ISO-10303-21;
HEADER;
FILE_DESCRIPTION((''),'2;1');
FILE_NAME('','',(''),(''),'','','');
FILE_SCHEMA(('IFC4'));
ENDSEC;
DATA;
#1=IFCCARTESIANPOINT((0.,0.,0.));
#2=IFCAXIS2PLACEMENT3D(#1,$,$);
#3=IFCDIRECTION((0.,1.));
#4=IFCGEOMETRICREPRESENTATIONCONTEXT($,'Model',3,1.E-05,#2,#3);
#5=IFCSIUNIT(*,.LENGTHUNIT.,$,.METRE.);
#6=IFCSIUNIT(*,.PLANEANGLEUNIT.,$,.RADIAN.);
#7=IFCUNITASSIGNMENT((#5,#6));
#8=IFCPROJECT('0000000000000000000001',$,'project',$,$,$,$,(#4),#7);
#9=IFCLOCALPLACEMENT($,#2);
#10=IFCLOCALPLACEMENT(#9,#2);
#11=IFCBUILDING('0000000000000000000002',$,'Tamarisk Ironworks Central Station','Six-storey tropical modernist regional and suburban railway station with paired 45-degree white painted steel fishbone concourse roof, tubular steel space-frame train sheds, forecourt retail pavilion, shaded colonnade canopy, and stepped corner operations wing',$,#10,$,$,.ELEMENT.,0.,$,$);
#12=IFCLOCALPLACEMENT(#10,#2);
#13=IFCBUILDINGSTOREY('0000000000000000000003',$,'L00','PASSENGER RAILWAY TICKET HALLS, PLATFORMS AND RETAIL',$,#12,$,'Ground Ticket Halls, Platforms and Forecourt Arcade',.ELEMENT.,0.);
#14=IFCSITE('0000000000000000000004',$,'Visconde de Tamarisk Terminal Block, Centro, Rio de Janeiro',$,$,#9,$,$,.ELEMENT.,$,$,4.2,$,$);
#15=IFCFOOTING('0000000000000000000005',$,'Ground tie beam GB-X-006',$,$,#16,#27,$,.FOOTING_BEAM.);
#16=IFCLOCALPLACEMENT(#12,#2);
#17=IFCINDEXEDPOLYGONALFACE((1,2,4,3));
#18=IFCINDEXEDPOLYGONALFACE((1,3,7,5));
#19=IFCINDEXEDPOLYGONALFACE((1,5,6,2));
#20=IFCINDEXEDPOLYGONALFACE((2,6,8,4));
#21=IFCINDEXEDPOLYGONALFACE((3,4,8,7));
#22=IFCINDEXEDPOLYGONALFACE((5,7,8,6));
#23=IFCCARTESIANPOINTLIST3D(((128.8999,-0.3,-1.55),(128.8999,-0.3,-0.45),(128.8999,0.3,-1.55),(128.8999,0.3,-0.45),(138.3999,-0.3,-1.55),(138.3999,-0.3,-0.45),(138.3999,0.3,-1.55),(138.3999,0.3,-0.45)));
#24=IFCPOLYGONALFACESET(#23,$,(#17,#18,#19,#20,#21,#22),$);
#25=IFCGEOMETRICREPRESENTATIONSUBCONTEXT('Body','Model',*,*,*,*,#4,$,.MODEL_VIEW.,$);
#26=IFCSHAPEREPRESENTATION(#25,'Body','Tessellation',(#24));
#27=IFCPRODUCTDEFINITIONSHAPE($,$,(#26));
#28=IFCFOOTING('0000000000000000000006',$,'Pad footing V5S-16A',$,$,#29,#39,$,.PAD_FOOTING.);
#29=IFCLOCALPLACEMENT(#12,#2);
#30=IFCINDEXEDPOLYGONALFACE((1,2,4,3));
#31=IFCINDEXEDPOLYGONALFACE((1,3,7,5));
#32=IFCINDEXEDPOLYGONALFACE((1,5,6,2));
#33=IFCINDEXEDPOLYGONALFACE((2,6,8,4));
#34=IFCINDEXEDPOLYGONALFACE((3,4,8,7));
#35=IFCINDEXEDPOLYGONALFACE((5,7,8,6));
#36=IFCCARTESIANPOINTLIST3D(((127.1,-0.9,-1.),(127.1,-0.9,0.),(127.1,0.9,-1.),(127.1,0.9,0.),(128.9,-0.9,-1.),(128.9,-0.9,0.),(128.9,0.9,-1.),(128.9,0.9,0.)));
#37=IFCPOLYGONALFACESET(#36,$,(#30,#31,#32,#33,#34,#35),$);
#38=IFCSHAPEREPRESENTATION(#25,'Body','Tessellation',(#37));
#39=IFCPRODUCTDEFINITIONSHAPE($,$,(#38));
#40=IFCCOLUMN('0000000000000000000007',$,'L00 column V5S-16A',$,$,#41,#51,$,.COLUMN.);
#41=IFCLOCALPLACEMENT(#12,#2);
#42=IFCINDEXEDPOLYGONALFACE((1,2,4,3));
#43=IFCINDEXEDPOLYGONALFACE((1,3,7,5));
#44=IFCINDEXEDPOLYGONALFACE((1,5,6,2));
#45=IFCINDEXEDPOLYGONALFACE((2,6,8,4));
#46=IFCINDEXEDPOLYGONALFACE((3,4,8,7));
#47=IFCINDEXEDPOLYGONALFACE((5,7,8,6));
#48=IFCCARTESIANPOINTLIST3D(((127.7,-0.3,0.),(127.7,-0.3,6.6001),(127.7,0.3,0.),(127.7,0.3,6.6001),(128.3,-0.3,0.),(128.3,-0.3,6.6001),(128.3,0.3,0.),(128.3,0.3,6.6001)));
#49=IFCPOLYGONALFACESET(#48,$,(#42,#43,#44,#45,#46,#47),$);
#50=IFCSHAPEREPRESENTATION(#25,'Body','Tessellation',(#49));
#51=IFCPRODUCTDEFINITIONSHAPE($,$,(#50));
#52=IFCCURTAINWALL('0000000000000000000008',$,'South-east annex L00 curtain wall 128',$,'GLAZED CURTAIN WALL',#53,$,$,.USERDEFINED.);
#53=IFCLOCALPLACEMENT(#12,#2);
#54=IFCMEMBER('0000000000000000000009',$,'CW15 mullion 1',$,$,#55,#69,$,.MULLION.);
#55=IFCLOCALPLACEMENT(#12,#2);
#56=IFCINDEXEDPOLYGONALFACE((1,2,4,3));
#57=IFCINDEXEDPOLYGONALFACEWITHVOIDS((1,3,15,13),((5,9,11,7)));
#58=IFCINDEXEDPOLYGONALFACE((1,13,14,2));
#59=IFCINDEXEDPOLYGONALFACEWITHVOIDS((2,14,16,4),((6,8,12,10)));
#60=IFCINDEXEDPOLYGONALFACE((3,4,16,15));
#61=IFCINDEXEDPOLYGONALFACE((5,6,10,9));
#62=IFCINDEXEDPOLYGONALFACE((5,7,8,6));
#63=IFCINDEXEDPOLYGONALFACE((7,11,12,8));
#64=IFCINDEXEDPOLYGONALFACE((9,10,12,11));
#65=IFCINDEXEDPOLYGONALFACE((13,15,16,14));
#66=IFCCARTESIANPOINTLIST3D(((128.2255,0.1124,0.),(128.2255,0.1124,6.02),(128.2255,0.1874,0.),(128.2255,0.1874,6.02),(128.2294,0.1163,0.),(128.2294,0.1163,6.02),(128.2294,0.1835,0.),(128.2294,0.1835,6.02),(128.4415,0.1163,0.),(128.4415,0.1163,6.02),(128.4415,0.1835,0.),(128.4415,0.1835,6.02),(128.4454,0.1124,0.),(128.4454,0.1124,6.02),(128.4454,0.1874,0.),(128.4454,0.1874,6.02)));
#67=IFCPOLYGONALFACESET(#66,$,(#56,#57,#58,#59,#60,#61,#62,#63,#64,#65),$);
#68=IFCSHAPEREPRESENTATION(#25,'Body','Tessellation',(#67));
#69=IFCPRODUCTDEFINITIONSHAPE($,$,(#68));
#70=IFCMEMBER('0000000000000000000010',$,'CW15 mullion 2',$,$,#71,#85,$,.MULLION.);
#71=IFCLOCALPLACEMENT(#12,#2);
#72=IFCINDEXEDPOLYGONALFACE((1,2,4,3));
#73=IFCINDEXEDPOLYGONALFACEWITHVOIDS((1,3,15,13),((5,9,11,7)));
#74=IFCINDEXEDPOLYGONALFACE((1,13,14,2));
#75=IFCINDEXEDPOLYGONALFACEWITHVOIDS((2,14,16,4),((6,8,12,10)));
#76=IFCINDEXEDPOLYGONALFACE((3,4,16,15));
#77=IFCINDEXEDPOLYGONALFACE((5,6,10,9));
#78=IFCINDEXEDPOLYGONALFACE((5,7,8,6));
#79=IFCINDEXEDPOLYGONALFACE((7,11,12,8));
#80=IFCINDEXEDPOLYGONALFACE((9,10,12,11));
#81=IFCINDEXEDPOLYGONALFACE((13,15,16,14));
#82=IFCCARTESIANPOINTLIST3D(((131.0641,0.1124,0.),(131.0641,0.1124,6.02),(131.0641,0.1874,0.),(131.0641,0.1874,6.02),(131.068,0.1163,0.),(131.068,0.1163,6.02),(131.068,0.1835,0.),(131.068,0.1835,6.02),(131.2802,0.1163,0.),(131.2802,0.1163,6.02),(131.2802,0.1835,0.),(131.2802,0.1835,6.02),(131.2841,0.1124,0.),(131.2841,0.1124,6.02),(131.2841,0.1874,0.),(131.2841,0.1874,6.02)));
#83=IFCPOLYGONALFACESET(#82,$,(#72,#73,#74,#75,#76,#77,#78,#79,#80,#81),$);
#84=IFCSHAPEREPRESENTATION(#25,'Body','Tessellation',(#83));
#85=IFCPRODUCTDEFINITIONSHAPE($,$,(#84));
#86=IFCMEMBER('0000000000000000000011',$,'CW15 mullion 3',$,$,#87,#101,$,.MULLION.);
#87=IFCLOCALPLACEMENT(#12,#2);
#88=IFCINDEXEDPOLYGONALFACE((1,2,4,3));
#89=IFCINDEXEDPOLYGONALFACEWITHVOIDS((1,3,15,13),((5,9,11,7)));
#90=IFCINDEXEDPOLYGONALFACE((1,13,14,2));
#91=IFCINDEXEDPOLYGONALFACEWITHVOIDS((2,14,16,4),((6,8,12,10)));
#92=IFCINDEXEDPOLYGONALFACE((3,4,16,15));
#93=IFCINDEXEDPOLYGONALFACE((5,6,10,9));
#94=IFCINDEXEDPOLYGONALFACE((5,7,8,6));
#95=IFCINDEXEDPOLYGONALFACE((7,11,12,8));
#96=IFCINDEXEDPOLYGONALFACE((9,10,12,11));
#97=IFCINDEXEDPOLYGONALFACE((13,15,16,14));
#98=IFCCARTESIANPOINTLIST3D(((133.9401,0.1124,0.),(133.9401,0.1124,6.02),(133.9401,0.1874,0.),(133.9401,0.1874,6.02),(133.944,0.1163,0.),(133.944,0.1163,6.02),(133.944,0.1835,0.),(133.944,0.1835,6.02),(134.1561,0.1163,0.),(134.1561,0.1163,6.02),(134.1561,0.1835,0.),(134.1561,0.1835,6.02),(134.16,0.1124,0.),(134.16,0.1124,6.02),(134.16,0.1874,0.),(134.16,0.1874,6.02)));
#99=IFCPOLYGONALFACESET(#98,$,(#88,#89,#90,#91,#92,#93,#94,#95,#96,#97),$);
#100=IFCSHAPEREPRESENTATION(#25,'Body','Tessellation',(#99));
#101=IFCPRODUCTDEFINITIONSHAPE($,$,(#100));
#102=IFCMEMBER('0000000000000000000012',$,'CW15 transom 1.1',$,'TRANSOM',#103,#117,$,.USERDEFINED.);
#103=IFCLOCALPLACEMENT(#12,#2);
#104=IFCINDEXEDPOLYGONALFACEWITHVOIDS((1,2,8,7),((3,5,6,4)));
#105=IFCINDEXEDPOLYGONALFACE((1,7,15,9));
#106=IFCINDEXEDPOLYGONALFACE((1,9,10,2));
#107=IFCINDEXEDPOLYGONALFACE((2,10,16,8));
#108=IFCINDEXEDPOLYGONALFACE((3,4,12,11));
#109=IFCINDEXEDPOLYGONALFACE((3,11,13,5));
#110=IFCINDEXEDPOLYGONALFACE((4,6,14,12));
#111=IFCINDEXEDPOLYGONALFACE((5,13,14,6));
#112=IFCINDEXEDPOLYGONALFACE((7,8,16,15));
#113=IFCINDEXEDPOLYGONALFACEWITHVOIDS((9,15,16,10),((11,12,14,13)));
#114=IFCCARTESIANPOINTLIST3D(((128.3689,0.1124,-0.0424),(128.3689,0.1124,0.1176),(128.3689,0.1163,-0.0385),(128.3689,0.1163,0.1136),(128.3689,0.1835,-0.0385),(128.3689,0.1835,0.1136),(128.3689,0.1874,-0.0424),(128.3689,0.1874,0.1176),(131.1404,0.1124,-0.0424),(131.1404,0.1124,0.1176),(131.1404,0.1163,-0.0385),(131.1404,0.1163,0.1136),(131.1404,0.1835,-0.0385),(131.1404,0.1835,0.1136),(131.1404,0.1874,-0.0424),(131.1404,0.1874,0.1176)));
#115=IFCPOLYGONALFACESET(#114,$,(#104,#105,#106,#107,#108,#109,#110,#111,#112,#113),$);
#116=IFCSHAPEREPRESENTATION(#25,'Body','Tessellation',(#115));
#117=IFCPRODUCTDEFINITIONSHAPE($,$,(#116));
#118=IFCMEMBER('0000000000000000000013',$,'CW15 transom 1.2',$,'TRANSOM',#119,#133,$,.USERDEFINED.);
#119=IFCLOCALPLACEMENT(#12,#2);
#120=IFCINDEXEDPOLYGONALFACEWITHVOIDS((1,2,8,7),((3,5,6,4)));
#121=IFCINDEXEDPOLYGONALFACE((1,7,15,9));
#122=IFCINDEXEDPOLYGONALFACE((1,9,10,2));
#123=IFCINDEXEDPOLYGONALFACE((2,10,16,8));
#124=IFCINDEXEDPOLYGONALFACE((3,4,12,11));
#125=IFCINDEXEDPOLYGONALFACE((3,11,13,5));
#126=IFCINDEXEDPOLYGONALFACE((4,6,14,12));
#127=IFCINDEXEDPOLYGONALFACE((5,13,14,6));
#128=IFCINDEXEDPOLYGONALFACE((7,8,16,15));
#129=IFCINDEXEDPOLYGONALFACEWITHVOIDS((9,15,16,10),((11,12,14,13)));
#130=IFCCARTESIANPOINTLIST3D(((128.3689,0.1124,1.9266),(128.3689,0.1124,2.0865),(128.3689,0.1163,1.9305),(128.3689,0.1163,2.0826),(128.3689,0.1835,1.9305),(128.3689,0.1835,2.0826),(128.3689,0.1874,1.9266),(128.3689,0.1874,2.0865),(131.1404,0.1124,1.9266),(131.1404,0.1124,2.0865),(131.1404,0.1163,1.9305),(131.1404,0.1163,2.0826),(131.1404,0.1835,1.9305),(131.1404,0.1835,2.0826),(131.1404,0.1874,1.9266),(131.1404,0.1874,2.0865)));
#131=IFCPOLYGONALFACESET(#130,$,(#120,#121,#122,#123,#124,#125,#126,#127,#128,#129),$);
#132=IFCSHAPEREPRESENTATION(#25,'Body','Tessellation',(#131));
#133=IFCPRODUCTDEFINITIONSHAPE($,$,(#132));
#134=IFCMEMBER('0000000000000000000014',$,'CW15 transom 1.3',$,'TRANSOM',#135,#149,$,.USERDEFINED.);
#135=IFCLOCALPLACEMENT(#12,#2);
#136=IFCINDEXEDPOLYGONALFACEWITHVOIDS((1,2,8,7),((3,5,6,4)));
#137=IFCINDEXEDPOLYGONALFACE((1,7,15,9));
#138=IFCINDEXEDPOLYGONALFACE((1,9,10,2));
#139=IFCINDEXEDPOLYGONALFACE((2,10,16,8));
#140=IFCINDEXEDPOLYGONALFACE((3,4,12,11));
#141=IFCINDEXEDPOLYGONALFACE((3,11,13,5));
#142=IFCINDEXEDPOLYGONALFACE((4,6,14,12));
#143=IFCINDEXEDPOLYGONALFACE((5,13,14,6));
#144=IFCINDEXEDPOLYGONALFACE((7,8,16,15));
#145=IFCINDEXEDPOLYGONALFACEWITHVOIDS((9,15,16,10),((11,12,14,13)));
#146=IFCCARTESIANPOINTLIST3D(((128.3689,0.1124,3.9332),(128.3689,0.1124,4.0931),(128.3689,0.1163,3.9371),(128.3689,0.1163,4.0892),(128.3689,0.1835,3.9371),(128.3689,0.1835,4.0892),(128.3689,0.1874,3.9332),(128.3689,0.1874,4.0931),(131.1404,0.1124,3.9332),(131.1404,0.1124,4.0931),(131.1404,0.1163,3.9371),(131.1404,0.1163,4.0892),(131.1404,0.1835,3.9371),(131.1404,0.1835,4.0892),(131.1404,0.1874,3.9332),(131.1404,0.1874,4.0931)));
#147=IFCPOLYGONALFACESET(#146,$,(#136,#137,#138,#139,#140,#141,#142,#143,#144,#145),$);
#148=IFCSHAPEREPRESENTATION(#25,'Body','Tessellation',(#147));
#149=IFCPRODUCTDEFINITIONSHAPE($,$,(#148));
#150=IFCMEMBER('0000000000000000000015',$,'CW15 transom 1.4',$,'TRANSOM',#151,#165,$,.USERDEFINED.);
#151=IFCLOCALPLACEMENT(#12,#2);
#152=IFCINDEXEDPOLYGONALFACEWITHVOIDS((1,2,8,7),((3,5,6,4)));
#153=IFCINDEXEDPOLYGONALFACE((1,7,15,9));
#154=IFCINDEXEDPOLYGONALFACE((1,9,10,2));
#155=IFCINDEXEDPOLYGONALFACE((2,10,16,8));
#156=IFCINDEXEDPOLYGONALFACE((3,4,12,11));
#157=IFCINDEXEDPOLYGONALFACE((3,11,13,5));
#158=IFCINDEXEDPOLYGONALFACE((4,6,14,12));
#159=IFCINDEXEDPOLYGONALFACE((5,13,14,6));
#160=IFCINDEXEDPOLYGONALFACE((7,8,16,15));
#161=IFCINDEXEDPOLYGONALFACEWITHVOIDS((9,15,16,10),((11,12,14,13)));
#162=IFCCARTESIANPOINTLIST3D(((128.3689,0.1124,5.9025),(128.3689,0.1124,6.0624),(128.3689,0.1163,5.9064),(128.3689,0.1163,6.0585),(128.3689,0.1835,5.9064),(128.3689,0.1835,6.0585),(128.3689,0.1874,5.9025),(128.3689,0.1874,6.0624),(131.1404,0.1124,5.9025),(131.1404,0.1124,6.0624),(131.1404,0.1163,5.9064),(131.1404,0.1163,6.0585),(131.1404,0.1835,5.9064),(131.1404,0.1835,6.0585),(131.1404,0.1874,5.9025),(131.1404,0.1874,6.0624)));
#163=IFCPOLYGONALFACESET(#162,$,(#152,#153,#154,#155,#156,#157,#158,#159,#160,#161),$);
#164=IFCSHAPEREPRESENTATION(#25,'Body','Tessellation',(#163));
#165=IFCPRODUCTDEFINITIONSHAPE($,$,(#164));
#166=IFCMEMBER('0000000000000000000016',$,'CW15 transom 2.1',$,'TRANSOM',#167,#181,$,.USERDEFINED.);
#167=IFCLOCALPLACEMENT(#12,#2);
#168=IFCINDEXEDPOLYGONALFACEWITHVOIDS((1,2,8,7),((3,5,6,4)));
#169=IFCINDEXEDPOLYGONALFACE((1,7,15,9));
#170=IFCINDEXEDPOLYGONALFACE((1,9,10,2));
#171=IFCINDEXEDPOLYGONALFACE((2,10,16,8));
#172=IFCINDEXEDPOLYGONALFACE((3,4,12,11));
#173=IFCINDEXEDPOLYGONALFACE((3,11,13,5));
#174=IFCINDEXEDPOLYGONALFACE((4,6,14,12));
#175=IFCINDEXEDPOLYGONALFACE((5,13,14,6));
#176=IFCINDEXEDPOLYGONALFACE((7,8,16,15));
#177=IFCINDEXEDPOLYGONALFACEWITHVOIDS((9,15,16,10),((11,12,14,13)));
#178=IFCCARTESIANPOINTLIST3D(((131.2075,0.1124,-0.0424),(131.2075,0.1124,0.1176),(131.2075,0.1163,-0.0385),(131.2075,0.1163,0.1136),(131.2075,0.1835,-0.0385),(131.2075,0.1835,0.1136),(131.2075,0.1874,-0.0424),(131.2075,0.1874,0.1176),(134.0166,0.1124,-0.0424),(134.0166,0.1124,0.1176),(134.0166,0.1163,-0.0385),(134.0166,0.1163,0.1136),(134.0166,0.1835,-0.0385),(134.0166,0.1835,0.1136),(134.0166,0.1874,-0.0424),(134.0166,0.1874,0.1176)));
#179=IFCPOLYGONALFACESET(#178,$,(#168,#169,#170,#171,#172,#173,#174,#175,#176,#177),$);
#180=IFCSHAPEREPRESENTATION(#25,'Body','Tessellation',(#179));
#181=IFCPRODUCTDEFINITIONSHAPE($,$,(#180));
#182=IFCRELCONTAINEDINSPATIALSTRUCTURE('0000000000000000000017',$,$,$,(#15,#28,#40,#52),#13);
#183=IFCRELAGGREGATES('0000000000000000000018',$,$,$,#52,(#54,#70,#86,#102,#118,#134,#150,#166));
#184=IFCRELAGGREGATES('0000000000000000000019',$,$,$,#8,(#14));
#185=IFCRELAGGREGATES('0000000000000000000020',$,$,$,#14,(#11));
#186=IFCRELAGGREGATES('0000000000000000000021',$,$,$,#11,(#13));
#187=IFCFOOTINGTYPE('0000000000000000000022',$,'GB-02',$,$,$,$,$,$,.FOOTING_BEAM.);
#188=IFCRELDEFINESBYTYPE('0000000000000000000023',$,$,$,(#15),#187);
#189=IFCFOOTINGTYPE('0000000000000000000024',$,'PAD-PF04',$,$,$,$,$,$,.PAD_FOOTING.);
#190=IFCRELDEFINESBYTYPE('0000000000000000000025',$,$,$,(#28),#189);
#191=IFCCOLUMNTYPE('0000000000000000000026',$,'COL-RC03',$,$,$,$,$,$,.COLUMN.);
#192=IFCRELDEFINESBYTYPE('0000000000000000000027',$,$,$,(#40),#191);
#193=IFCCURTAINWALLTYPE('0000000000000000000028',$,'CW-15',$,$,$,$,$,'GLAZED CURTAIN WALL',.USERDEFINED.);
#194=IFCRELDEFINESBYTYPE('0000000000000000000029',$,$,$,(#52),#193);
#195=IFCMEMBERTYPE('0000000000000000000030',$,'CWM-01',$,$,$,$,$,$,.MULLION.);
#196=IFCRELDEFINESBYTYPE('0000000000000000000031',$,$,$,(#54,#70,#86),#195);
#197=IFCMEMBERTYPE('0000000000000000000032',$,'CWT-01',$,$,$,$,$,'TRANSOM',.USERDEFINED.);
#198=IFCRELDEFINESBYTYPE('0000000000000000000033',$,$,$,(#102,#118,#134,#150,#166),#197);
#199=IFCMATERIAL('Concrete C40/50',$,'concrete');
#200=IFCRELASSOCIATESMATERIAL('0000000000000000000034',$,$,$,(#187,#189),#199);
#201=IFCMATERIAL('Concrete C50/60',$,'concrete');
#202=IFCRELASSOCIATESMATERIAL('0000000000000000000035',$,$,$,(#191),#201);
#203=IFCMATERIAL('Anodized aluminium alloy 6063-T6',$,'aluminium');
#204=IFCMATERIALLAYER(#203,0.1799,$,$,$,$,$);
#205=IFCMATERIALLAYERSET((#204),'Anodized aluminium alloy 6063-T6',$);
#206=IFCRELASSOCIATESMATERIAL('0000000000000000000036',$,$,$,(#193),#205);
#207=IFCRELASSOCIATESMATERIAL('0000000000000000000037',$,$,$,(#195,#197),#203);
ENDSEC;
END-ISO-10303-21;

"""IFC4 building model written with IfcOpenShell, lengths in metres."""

from ifc_helpers import new_model, si_unit, direction, frame, origin, origin_2d, place, context, subcontext, project, spatial, rectangle, hollow_rectangle, extrude, material, layer, layer_set, material_profile, profile_set, type_object, element, aggregate, save


model = new_model("IFC4")

# Units and contexts
model_context = context("Model", 3, precision=1e-05, world=origin(), true_north=direction((0.0, 1.0)))
body_context = subcontext(model_context, "Body", "Model", "MODEL_VIEW")
ifc_project = project(units=[si_unit("LENGTHUNIT", "METRE"), si_unit("PLANEANGLEUNIT", "RADIAN")], contexts=[model_context])

# Site, building, storey
site_placement = place(None, origin())
site = spatial("IfcSite", under=ifc_project, at=site_placement, Name="Visconde de Tamarisk Terminal Block, Centro, Rio de Janeiro", CompositionType="ELEMENT", RefElevation=4.2)
building_placement = place(site_placement, origin())
building = spatial("IfcBuilding", under=site, at=building_placement, Name="Tamarisk Ironworks Central Station", Description="Six-storey tropical modernist regional and suburban railway station with paired 45-degree white painted steel fishbone concourse roof, tubular steel space-frame train sheds, forecourt retail pavilion, shaded colonnade canopy, and stepped corner operations wing", CompositionType="ELEMENT", ElevationOfRefHeight=0.0)
storey_placement = place(building_placement, origin())
storey = spatial("IfcBuildingStorey", under=building, at=storey_placement, Name="L00", Description="PASSENGER RAILWAY TICKET HALLS, PLATFORMS AND RETAIL", LongName="Ground Ticket Halls, Platforms and Forecourt Arcade", CompositionType="ELEMENT", Elevation=0.0)

# Footings
ifc_material_1 = material(Name="Concrete C40/50", Category="concrete")
ifc_material_profile_1 = material_profile(ifc_material_1, rectangle(XDim=0.6001, YDim=1.1001, at=origin_2d()), Name="GB02 600x1100")
ifc_profile_set_1 = profile_set([ifc_material_profile_1], Name="Concrete C40/50")
footing_type_1 = type_object("IfcFootingType", Name="GB-02", PredefinedType="FOOTING_BEAM", material=ifc_profile_set_1)
footing_1_placement = place(storey_placement, frame((128.8999, 0.0, -1.0), z_axis=(1.0, 0.0, 0.0), x_axis=(0.0, 1.0, 0.0)))
element("IfcFooting", 1, at=footing_1_placement, inside=storey, type_object=footing_type_1, Name="Ground tie beam GB-X-006", PredefinedType="FOOTING_BEAM", context=body_context, shape_type="SweptSolid", body=[
    extrude(rectangle(XDim=0.6001, YDim=1.1001, at=origin_2d()), origin(), (0.0, 0.0, 1.0), 9.5),
])
footing_type_2 = type_object("IfcFootingType", Name="PAD-PF04", PredefinedType="PAD_FOOTING", material=ifc_material_1)
footing_2_placement = place(storey_placement, frame((128.0, 0.0, -1.0), z_axis=(0.0, 0.0, 1.0), x_axis=(1.0, 0.0, 0.0)))
element("IfcFooting", 2, at=footing_2_placement, inside=storey, type_object=footing_type_2, Name="Pad footing V5S-16A", PredefinedType="PAD_FOOTING", context=body_context, shape_type="SweptSolid", body=[
    extrude(rectangle(XDim=1.8, YDim=1.8, at=origin_2d()), origin(), (0.0, 0.0, 1.0), 1.0),
])

# Column
ifc_material_2 = material(Name="Concrete C50/60", Category="concrete")
ifc_material_profile_2 = material_profile(ifc_material_2, rectangle(XDim=0.6001, YDim=0.6001, at=origin_2d()), Name="RC 600x600")
ifc_profile_set_2 = profile_set([ifc_material_profile_2], Name="Concrete C50/60")
column_type = type_object("IfcColumnType", Name="COL-RC03", PredefinedType="COLUMN", material=ifc_profile_set_2)
column_placement = place(storey_placement, frame((128.0, 0.0, 0.0), z_axis=(0.0, 0.0, 1.0), x_axis=(1.0, 0.0, 0.0)))
element("IfcColumn", 3, at=column_placement, inside=storey, type_object=column_type, Name="L00 column V5S-16A", PredefinedType="COLUMN", context=body_context, shape_type="SweptSolid", body=[
    extrude(rectangle(XDim=0.6001, YDim=0.6001, at=origin_2d()), origin(), (0.0, 0.0, 1.0), 6.6001),
])

# Curtain wall, members
ifc_material_3 = material(Name="Anodized aluminium alloy 6063-T6", Category="aluminium")
ifc_layer_1 = layer(ifc_material_3, 0.1799)
ifc_layer_set_1 = layer_set([ifc_layer_1], Name="Anodized aluminium alloy 6063-T6")
curtain_wall_type = type_object("IfcCurtainWallType", Name="CW-15", ElementType="GLAZED CURTAIN WALL", PredefinedType="USERDEFINED", material=ifc_layer_set_1)
curtain_wall_placement = place(storey_placement, origin())
curtain_wall = element("IfcCurtainWall", 4, at=curtain_wall_placement, inside=storey, type_object=curtain_wall_type, Name="South-east annex L00 curtain wall 128", ObjectType="GLAZED CURTAIN WALL", PredefinedType="USERDEFINED")
ifc_material_profile_3 = material_profile(ifc_material_3, hollow_rectangle(XDim=0.075, YDim=0.22, WallThickness=0.0039, at=origin_2d()), Name="ALUM 220x75")
ifc_profile_set_3 = profile_set([ifc_material_profile_3], Name="Anodized aluminium alloy 6063-T6")
member_type_1 = type_object("IfcMemberType", Name="CWM-01", PredefinedType="MULLION", material=ifc_profile_set_3)
member_1_placement = place(storey_placement, frame((128.3354, 0.1499, 0.0), z_axis=(0.0, 0.0, 1.0), x_axis=(0.0, 1.0, 0.0)))
member_1 = element("IfcMember", 5, at=member_1_placement, type_object=member_type_1, Name="CW15 mullion 1", PredefinedType="MULLION", context=body_context, shape_type="SweptSolid", body=[
    extrude(hollow_rectangle(XDim=0.075, YDim=0.22, WallThickness=0.0039, at=origin_2d()), origin(), (0.0, 0.0, 1.0), 6.02),
])
member_2_placement = place(storey_placement, frame((131.1741, 0.1499, 0.0), z_axis=(0.0, 0.0, 1.0), x_axis=(0.0, 1.0, 0.0)))
member_2 = element("IfcMember", 6, at=member_2_placement, type_object=member_type_1, Name="CW15 mullion 2", PredefinedType="MULLION", context=body_context, shape_type="SweptSolid", body=[
    extrude(hollow_rectangle(XDim=0.075, YDim=0.22, WallThickness=0.0039, at=origin_2d()), origin(), (0.0, 0.0, 1.0), 6.02),
])
member_3_placement = place(storey_placement, frame((134.05, 0.1499, 0.0), z_axis=(0.0, 0.0, 1.0), x_axis=(0.0, 1.0, 0.0)))
member_3 = element("IfcMember", 7, at=member_3_placement, type_object=member_type_1, Name="CW15 mullion 3", PredefinedType="MULLION", context=body_context, shape_type="SweptSolid", body=[
    extrude(hollow_rectangle(XDim=0.075, YDim=0.22, WallThickness=0.0039, at=origin_2d()), origin(), (0.0, 0.0, 1.0), 6.02),
])
ifc_material_profile_4 = material_profile(ifc_material_3, hollow_rectangle(XDim=0.075, YDim=0.1599, WallThickness=0.0039, at=origin_2d()), Name="ALUM 160x75")
ifc_profile_set_4 = profile_set([ifc_material_profile_4], Name="Anodized aluminium alloy 6063-T6")
member_type_2 = type_object("IfcMemberType", Name="CWT-01", ElementType="TRANSOM", PredefinedType="USERDEFINED", material=ifc_profile_set_4)
member_4_placement = place(storey_placement, frame((128.3689, 0.1499, 0.0376), z_axis=(1.0, 0.0, 0.0), x_axis=(0.0, 1.0, 0.0)))
member_4 = element("IfcMember", 8, at=member_4_placement, type_object=member_type_2, Name="CW15 transom 1.1", ObjectType="TRANSOM", PredefinedType="USERDEFINED", context=body_context, shape_type="SweptSolid", body=[
    extrude(hollow_rectangle(XDim=0.075, YDim=0.1599, WallThickness=0.0039, at=origin_2d()), origin(), (0.0, 0.0, 1.0), 2.7715),
])
member_5_placement = place(storey_placement, frame((128.3689, 0.1499, 2.0066), z_axis=(1.0, 0.0, 0.0), x_axis=(0.0, 1.0, 0.0)))
member_5 = element("IfcMember", 9, at=member_5_placement, type_object=member_type_2, Name="CW15 transom 1.2", ObjectType="TRANSOM", PredefinedType="USERDEFINED", context=body_context, shape_type="SweptSolid", body=[
    extrude(hollow_rectangle(XDim=0.075, YDim=0.1599, WallThickness=0.0039, at=origin_2d()), origin(), (0.0, 0.0, 1.0), 2.7715),
])
member_6_placement = place(storey_placement, frame((128.3689, 0.1499, 4.0132), z_axis=(1.0, 0.0, 0.0), x_axis=(0.0, 1.0, 0.0)))
member_6 = element("IfcMember", 10, at=member_6_placement, type_object=member_type_2, Name="CW15 transom 1.3", ObjectType="TRANSOM", PredefinedType="USERDEFINED", context=body_context, shape_type="SweptSolid", body=[
    extrude(hollow_rectangle(XDim=0.075, YDim=0.1599, WallThickness=0.0039, at=origin_2d()), origin(), (0.0, 0.0, 1.0), 2.7715),
])
member_7_placement = place(storey_placement, frame((128.3689, 0.1499, 5.9824), z_axis=(1.0, 0.0, 0.0), x_axis=(0.0, 1.0, 0.0)))
member_7 = element("IfcMember", 11, at=member_7_placement, type_object=member_type_2, Name="CW15 transom 1.4", ObjectType="TRANSOM", PredefinedType="USERDEFINED", context=body_context, shape_type="SweptSolid", body=[
    extrude(hollow_rectangle(XDim=0.075, YDim=0.1599, WallThickness=0.0039, at=origin_2d()), origin(), (0.0, 0.0, 1.0), 2.7715),
])
member_8_placement = place(storey_placement, frame((131.2075, 0.1499, 0.0376), z_axis=(1.0, 0.0, 0.0), x_axis=(0.0, 1.0, 0.0)))
member_8 = element("IfcMember", 12, at=member_8_placement, type_object=member_type_2, Name="CW15 transom 2.1", ObjectType="TRANSOM", PredefinedType="USERDEFINED", context=body_context, shape_type="SweptSolid", body=[
    extrude(hollow_rectangle(XDim=0.075, YDim=0.1599, WallThickness=0.0039, at=origin_2d()), origin(), (0.0, 0.0, 1.0), 2.8091),
])
aggregate(curtain_wall, [member_1, member_2, member_3, member_4, member_5, member_6, member_7, member_8])

save(model, "model.ifc")
